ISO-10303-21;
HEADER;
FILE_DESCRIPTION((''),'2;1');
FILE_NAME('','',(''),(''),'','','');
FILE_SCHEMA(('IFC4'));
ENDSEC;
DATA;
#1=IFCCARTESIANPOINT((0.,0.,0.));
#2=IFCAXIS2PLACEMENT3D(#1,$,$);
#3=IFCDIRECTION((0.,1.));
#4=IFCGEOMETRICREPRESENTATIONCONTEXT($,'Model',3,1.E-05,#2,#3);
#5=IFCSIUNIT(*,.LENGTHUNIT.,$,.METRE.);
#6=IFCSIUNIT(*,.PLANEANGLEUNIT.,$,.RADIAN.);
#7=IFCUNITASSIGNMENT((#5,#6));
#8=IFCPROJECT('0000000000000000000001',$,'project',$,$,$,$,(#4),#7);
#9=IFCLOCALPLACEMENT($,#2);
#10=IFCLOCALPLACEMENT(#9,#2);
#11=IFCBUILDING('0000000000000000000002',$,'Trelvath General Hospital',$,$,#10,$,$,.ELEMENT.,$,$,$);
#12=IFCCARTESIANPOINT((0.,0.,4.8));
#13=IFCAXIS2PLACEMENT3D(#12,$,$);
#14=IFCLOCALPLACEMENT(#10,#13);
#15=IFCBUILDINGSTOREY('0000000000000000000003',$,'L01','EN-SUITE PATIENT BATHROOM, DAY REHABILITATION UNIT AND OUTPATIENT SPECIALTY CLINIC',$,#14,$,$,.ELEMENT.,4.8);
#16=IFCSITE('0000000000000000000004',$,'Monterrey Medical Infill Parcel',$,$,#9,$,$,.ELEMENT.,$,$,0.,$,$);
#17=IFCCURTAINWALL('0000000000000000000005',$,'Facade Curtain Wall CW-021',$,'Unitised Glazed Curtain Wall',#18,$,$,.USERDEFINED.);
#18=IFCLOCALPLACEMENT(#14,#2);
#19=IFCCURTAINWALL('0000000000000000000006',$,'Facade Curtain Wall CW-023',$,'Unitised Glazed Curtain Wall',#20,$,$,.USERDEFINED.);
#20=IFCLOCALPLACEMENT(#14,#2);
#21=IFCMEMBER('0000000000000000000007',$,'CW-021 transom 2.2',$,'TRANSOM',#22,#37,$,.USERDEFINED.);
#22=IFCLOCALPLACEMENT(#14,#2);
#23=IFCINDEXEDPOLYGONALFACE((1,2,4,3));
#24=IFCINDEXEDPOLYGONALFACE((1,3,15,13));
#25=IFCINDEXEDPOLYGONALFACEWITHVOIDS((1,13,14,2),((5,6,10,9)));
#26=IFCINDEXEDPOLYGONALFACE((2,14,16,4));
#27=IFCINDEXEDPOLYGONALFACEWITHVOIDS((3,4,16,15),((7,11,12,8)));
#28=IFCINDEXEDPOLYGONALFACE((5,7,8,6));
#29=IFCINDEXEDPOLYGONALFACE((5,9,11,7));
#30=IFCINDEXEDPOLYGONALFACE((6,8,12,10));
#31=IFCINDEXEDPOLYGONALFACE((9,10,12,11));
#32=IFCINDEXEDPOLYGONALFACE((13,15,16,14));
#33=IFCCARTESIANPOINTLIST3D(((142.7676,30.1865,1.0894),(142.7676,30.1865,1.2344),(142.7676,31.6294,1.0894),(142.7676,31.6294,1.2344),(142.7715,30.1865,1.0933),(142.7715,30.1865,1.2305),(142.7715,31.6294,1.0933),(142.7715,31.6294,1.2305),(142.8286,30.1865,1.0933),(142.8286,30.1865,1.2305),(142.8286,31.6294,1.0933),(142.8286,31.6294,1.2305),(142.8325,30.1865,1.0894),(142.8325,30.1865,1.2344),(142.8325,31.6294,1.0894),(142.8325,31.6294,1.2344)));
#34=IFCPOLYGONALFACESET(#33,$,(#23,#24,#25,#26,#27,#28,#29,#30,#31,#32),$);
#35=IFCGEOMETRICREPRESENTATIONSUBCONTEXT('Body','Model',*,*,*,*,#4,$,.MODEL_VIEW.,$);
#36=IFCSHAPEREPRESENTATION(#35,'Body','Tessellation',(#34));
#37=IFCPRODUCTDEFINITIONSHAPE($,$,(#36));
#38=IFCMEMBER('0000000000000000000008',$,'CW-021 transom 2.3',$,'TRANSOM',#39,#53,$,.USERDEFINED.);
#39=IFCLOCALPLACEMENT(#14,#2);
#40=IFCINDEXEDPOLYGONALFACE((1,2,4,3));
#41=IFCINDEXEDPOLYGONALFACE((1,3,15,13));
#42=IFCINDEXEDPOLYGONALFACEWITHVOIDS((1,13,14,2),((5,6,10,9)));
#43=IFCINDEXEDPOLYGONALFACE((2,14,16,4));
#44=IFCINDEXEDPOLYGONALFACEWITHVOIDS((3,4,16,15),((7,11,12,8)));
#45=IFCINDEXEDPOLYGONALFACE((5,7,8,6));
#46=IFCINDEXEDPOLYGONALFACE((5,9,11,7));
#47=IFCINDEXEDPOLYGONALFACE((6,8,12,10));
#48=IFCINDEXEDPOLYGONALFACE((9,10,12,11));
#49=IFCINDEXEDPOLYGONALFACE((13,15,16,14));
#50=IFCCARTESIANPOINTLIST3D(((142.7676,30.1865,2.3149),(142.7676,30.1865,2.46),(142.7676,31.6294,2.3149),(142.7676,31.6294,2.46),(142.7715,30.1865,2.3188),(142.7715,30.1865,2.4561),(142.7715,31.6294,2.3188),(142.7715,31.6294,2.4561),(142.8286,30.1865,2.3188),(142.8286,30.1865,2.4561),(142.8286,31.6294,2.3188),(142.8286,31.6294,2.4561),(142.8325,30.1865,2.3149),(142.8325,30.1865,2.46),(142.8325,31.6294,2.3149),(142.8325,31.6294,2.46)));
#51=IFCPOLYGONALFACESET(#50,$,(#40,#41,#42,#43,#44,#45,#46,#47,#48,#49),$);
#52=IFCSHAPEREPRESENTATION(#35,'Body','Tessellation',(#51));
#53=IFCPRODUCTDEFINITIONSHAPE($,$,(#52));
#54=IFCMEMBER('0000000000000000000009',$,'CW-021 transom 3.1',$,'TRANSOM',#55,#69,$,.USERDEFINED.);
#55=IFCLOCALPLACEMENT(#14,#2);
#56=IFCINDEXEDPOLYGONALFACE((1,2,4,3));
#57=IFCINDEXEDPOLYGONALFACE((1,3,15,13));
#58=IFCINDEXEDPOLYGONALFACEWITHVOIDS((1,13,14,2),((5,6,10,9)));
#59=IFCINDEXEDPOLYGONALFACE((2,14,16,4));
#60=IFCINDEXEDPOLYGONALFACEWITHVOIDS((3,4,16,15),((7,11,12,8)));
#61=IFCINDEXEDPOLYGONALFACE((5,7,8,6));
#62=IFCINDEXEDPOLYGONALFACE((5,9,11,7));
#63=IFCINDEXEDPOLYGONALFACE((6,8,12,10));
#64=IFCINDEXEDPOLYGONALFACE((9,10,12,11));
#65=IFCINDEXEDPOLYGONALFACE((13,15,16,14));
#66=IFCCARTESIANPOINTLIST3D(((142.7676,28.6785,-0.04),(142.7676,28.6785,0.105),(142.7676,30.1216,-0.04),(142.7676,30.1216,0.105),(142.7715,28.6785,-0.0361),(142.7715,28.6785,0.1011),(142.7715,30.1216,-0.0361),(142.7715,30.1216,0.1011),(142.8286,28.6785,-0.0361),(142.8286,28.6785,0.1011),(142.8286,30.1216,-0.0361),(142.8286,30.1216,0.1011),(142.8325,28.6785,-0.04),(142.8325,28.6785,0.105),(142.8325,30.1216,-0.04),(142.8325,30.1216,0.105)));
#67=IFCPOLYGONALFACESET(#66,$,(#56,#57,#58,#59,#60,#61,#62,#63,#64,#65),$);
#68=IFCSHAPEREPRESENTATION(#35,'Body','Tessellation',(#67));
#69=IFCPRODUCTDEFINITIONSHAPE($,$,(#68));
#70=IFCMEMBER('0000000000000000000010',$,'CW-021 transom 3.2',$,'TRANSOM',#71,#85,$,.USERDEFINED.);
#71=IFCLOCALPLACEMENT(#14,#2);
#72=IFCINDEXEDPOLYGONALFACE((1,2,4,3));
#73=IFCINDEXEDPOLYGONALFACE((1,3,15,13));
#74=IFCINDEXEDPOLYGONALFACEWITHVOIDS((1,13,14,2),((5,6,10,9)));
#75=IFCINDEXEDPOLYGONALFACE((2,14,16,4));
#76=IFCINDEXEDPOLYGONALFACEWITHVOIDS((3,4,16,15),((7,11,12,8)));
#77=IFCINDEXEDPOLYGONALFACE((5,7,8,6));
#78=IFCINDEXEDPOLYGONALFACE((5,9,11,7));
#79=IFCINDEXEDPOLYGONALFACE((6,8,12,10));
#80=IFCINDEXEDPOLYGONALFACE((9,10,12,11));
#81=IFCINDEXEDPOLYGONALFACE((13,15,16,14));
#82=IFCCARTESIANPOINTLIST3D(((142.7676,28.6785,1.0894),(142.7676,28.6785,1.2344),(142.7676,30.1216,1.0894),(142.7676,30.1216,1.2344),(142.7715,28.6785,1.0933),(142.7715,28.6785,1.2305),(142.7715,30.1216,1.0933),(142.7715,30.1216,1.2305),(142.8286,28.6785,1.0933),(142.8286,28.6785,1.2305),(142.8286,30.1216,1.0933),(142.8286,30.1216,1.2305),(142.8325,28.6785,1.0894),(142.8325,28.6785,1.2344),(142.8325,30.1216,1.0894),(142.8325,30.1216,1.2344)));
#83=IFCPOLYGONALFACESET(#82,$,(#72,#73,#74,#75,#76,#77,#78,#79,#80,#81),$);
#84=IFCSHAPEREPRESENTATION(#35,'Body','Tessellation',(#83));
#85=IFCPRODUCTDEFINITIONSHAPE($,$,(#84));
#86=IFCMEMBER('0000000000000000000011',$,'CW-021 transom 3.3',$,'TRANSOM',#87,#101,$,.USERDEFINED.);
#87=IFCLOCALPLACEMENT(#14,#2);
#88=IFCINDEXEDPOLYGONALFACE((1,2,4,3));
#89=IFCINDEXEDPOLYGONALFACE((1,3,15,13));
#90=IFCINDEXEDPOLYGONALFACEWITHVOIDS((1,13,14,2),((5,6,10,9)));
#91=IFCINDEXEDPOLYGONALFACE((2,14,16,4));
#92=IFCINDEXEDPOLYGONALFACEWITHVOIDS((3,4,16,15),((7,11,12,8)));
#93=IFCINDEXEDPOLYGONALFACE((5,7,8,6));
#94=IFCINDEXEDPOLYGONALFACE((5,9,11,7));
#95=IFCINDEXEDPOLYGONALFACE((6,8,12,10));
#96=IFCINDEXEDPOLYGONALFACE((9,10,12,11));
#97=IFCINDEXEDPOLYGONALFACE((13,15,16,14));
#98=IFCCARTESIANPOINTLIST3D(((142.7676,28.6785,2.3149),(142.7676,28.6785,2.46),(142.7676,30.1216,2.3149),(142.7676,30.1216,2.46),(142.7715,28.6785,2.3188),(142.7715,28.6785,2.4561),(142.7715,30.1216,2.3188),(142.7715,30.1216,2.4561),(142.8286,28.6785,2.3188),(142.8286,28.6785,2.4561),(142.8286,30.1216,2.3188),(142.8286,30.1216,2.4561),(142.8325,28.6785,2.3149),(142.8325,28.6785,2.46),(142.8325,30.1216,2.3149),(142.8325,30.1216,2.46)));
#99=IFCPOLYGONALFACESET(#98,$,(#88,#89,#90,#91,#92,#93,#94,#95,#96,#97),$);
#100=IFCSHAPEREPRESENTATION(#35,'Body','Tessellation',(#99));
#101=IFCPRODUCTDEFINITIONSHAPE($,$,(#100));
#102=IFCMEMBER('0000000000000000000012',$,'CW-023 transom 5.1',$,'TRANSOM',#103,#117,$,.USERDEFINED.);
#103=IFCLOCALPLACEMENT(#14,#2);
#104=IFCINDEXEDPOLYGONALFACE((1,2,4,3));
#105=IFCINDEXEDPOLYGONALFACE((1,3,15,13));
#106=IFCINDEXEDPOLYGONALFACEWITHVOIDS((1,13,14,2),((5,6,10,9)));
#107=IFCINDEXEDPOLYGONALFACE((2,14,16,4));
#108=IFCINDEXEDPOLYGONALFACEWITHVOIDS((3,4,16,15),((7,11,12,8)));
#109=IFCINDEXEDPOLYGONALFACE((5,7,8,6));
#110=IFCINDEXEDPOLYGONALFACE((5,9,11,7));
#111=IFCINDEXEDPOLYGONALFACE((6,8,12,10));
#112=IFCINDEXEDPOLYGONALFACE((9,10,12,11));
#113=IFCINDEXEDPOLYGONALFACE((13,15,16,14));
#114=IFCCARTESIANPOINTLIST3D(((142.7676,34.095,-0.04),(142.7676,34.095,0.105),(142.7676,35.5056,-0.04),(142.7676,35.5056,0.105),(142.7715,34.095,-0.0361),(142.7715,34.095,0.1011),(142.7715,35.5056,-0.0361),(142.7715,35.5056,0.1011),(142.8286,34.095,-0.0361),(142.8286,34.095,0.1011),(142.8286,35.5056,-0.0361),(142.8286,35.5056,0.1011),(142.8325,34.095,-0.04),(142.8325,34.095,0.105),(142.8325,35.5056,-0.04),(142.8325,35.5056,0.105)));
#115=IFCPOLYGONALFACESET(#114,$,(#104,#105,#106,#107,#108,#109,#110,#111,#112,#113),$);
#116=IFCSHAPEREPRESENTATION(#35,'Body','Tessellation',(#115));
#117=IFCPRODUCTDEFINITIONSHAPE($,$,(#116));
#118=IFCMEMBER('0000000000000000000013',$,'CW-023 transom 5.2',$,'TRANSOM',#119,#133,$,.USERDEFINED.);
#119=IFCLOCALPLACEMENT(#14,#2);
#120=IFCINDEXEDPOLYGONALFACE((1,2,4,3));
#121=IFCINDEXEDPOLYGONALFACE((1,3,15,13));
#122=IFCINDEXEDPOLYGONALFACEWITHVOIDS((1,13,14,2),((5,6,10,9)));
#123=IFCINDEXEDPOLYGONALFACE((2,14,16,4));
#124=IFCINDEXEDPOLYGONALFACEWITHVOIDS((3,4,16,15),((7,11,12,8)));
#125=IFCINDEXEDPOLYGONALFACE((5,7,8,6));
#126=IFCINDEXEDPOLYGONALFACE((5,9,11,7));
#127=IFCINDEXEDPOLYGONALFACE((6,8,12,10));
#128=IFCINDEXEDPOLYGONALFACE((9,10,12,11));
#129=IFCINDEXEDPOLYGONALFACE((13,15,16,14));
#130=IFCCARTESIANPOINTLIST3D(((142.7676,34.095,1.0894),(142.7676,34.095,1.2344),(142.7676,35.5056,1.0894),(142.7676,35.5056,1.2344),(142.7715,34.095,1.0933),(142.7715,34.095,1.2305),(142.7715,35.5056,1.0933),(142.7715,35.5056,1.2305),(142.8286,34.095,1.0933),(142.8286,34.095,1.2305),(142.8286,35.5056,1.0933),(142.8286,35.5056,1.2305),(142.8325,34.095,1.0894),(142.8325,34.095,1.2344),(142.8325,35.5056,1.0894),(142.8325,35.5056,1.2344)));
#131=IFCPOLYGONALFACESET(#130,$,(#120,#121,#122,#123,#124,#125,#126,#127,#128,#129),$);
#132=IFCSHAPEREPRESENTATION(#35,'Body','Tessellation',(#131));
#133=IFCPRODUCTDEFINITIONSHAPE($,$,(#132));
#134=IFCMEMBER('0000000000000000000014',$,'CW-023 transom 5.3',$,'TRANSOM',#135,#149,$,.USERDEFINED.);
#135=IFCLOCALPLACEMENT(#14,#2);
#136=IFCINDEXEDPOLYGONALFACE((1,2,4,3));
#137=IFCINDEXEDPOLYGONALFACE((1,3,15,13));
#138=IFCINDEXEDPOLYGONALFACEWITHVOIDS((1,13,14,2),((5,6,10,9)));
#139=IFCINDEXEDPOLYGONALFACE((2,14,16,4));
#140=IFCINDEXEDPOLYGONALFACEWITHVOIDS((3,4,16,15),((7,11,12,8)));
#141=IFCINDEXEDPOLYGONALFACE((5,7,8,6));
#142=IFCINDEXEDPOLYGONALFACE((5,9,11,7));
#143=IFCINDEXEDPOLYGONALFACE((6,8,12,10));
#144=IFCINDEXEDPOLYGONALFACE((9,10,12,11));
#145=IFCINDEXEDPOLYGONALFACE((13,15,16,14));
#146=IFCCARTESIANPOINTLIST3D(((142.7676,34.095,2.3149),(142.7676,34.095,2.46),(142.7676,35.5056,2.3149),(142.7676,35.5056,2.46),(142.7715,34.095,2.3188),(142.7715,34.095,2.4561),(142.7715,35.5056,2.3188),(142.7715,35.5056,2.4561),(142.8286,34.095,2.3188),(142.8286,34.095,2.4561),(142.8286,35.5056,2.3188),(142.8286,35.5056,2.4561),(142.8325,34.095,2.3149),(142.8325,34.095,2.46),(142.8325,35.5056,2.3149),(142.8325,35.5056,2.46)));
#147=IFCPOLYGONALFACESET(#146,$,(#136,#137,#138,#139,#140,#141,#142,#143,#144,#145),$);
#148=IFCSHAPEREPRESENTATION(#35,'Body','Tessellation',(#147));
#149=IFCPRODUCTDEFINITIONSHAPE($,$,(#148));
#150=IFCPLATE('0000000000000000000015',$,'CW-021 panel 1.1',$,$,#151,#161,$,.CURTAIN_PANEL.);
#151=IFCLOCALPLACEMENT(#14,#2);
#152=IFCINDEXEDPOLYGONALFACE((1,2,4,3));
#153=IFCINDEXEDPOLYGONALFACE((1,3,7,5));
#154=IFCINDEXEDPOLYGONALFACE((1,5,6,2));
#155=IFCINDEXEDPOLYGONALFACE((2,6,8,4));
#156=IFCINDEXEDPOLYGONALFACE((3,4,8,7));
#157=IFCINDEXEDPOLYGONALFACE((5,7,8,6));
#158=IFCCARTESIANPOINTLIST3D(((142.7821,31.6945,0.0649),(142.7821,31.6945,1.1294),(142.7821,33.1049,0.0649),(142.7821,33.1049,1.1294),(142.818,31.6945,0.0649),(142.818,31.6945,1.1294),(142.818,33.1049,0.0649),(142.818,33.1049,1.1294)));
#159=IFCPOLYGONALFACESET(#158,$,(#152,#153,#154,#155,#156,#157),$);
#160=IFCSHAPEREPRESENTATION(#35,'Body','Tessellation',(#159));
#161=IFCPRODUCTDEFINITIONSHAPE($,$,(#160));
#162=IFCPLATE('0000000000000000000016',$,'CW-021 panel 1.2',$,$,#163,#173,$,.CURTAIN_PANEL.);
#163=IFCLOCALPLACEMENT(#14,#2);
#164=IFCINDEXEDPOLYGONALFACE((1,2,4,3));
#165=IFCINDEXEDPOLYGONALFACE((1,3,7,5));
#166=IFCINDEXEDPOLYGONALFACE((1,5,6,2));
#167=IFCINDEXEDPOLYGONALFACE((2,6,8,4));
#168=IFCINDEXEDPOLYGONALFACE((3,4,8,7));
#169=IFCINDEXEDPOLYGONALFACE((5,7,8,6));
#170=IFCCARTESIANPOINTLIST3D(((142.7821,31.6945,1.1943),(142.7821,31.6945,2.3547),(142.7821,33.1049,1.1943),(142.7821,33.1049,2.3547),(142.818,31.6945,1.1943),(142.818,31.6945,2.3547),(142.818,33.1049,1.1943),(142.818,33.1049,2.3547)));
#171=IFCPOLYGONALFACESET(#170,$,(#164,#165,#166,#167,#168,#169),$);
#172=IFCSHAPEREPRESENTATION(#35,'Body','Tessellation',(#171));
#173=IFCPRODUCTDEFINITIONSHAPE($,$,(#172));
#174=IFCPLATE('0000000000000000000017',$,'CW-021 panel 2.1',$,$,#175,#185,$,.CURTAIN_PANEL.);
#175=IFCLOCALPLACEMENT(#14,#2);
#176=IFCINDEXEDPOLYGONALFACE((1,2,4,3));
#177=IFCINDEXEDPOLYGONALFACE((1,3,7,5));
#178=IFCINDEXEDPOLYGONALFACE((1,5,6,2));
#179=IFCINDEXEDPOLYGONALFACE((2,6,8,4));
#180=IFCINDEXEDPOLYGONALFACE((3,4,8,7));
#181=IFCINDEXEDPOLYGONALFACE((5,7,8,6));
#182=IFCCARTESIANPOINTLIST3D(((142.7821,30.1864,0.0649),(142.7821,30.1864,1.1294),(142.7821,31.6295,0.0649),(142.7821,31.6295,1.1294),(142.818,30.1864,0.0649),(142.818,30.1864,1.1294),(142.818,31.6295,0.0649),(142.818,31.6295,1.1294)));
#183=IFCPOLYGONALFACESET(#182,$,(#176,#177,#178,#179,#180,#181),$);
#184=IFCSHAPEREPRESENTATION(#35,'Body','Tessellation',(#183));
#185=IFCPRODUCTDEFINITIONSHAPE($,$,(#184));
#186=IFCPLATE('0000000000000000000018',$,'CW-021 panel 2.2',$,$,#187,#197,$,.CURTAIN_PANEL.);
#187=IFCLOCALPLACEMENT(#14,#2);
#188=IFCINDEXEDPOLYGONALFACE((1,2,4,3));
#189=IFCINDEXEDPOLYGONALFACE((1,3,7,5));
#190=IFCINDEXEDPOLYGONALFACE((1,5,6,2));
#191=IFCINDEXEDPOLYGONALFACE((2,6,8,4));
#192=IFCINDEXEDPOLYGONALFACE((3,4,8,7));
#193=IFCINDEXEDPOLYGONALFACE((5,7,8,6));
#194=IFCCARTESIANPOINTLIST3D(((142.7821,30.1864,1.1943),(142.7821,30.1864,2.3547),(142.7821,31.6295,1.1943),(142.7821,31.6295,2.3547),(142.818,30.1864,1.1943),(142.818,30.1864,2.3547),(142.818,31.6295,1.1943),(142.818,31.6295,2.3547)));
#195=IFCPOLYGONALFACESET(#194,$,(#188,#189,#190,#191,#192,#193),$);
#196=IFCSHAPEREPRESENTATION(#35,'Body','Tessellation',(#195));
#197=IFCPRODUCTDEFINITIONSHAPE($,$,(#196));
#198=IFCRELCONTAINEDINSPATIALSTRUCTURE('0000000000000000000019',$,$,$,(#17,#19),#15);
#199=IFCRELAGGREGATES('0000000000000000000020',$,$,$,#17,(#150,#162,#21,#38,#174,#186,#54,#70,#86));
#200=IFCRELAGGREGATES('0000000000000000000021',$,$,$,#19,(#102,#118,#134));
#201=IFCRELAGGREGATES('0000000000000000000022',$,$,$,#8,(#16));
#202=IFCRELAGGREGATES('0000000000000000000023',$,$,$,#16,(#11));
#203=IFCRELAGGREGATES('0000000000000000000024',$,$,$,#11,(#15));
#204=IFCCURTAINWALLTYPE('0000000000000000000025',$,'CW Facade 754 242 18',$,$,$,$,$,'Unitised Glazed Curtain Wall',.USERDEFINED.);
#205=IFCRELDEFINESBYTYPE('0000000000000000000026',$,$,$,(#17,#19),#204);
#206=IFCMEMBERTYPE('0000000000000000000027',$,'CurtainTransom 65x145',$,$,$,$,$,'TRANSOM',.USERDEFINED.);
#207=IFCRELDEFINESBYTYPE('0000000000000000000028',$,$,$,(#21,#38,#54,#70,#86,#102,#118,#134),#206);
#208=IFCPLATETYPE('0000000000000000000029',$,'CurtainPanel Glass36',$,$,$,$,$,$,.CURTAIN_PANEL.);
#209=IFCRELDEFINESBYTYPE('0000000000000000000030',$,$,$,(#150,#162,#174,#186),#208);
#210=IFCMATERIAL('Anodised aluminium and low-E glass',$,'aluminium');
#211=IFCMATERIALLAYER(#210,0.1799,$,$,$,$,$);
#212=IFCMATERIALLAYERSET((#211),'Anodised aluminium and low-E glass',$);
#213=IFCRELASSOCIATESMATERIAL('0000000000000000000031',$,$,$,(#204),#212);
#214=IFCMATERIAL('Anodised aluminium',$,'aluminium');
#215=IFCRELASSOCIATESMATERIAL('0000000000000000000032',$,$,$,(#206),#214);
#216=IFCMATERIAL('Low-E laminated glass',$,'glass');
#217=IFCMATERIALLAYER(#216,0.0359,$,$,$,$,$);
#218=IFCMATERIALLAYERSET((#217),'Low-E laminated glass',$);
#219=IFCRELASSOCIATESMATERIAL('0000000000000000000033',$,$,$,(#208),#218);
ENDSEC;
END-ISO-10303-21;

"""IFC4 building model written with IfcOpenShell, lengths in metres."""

from ifc_helpers import new_model, si_unit, direction, frame, origin, origin_2d, place, context, subcontext, project, spatial, rectangle, hollow_rectangle, extrude, material, layer, layer_set, material_profile, profile_set, type_object, element, aggregate, save


model = new_model("IFC4")

# Units and contexts
model_context = context("Model", 3, precision=1e-05, world=origin(), true_north=direction((0.0, 1.0)))
body_context = subcontext(model_context, "Body", "Model", "MODEL_VIEW")
ifc_project = project(units=[si_unit("LENGTHUNIT", "METRE"), si_unit("PLANEANGLEUNIT", "RADIAN")], contexts=[model_context])

# Site, building, storey
site_placement = place(None, origin())
site = spatial("IfcSite", under=ifc_project, at=site_placement, Name="Monterrey Medical Infill Parcel", CompositionType="ELEMENT", RefElevation=0.0)
building_placement = place(site_placement, origin())
building = spatial("IfcBuilding", under=site, at=building_placement, Name="Trelvath General Hospital", CompositionType="ELEMENT")
storey_placement = place(building_placement, frame((0.0, 0.0, 4.8)))
storey = spatial("IfcBuildingStorey", under=building, at=storey_placement, Name="L01", Description="EN-SUITE PATIENT BATHROOM, DAY REHABILITATION UNIT AND OUTPATIENT SPECIALTY CLINIC", CompositionType="ELEMENT", Elevation=4.8)

# Curtain walls
ifc_material_1 = material(Name="Anodised aluminium and low-E glass", Category="aluminium")
ifc_layer_1 = layer(ifc_material_1, 0.1799)
ifc_layer_set_1 = layer_set([ifc_layer_1], Name="Anodised aluminium and low-E glass")
curtain_wall_type = type_object("IfcCurtainWallType", Name="CW Facade 754 242 18", ElementType="Unitised Glazed Curtain Wall", PredefinedType="USERDEFINED", material=ifc_layer_set_1)
curtain_wall_1_placement = place(storey_placement, origin())
curtain_wall_1 = element("IfcCurtainWall", 1, at=curtain_wall_1_placement, inside=storey, type_object=curtain_wall_type, Name="Facade Curtain Wall CW-021", ObjectType="Unitised Glazed Curtain Wall", PredefinedType="USERDEFINED")
curtain_wall_2_placement = place(storey_placement, origin())
curtain_wall_2 = element("IfcCurtainWall", 2, at=curtain_wall_2_placement, inside=storey, type_object=curtain_wall_type, Name="Facade Curtain Wall CW-023", ObjectType="Unitised Glazed Curtain Wall", PredefinedType="USERDEFINED")

# Members
ifc_material_2 = material(Name="Anodised aluminium", Category="aluminium")
ifc_material_profile_1 = material_profile(ifc_material_2, hollow_rectangle(XDim=0.0649, YDim=0.145, WallThickness=0.0039, at=origin_2d()), Name="RHS65x145x4")
ifc_profile_set_1 = profile_set([ifc_material_profile_1], Name="Anodised aluminium")
member_type_1 = type_object("IfcMemberType", Name="CurtainTransom 65x145", ElementType="TRANSOM", PredefinedType="USERDEFINED", material=ifc_profile_set_1)
member_1_placement = place(storey_placement, frame((142.8, 31.6294, 1.1619), z_axis=(0.0, -1.0, 0.0), x_axis=(1.0, 0.0, 0.0)))
member_1 = element("IfcMember", 3, at=member_1_placement, type_object=member_type_1, Name="CW-021 transom 2.2", ObjectType="TRANSOM", PredefinedType="USERDEFINED", context=body_context, shape_type="SweptSolid", body=[
    extrude(hollow_rectangle(XDim=0.0649, YDim=0.145, WallThickness=0.0039, at=origin_2d()), origin(), (0.0, 0.0, 1.0), 1.4429),
])
member_2_placement = place(storey_placement, frame((142.8, 31.6294, 2.3875), z_axis=(0.0, -1.0, 0.0), x_axis=(1.0, 0.0, 0.0)))
member_2 = element("IfcMember", 4, at=member_2_placement, type_object=member_type_1, Name="CW-021 transom 2.3", ObjectType="TRANSOM", PredefinedType="USERDEFINED", context=body_context, shape_type="SweptSolid", body=[
    extrude(hollow_rectangle(XDim=0.0649, YDim=0.145, WallThickness=0.0039, at=origin_2d()), origin(), (0.0, 0.0, 1.0), 1.4429),
])
member_3_placement = place(storey_placement, frame((142.8, 30.1216, 0.0325), z_axis=(0.0, -1.0, 0.0), x_axis=(1.0, 0.0, 0.0)))
member_3 = element("IfcMember", 5, at=member_3_placement, type_object=member_type_1, Name="CW-021 transom 3.1", ObjectType="TRANSOM", PredefinedType="USERDEFINED", context=body_context, shape_type="SweptSolid", body=[
    extrude(hollow_rectangle(XDim=0.0649, YDim=0.145, WallThickness=0.0039, at=origin_2d()), origin(), (0.0, 0.0, 1.0), 1.4431),
])
member_4_placement = place(storey_placement, frame((142.8, 30.1216, 1.1619), z_axis=(0.0, -1.0, 0.0), x_axis=(1.0, 0.0, 0.0)))
member_4 = element("IfcMember", 6, at=member_4_placement, type_object=member_type_1, Name="CW-021 transom 3.2", ObjectType="TRANSOM", PredefinedType="USERDEFINED", context=body_context, shape_type="SweptSolid", body=[
    extrude(hollow_rectangle(XDim=0.0649, YDim=0.145, WallThickness=0.0039, at=origin_2d()), origin(), (0.0, 0.0, 1.0), 1.4431),
])
member_5_placement = place(storey_placement, frame((142.8, 30.1216, 2.3875), z_axis=(0.0, -1.0, 0.0), x_axis=(1.0, 0.0, 0.0)))
member_5 = element("IfcMember", 7, at=member_5_placement, type_object=member_type_1, Name="CW-021 transom 3.3", ObjectType="TRANSOM", PredefinedType="USERDEFINED", context=body_context, shape_type="SweptSolid", body=[
    extrude(hollow_rectangle(XDim=0.0649, YDim=0.145, WallThickness=0.0039, at=origin_2d()), origin(), (0.0, 0.0, 1.0), 1.4431),
])
member_6_placement = place(storey_placement, frame((142.8, 35.5056, 0.0325), z_axis=(0.0, -1.0, 0.0), x_axis=(1.0, 0.0, 0.0)))
member_6 = element("IfcMember", 8, at=member_6_placement, type_object=member_type_1, Name="CW-023 transom 5.1", ObjectType="TRANSOM", PredefinedType="USERDEFINED", context=body_context, shape_type="SweptSolid", body=[
    extrude(hollow_rectangle(XDim=0.0649, YDim=0.145, WallThickness=0.0039, at=origin_2d()), origin(), (0.0, 0.0, 1.0), 1.4106),
])
member_7_placement = place(storey_placement, frame((142.8, 35.5056, 1.1619), z_axis=(0.0, -1.0, 0.0), x_axis=(1.0, 0.0, 0.0)))
member_7 = element("IfcMember", 9, at=member_7_placement, type_object=member_type_1, Name="CW-023 transom 5.2", ObjectType="TRANSOM", PredefinedType="USERDEFINED", context=body_context, shape_type="SweptSolid", body=[
    extrude(hollow_rectangle(XDim=0.0649, YDim=0.145, WallThickness=0.0039, at=origin_2d()), origin(), (0.0, 0.0, 1.0), 1.4106),
])
member_8_placement = place(storey_placement, frame((142.8, 35.5056, 2.3875), z_axis=(0.0, -1.0, 0.0), x_axis=(1.0, 0.0, 0.0)))
member_8 = element("IfcMember", 10, at=member_8_placement, type_object=member_type_1, Name="CW-023 transom 5.3", ObjectType="TRANSOM", PredefinedType="USERDEFINED", context=body_context, shape_type="SweptSolid", body=[
    extrude(hollow_rectangle(XDim=0.0649, YDim=0.145, WallThickness=0.0039, at=origin_2d()), origin(), (0.0, 0.0, 1.0), 1.4106),
])

# Plates
ifc_material_3 = material(Name="Low-E laminated glass", Category="glass")
ifc_layer_2 = layer(ifc_material_3, 0.0359)
ifc_layer_set_2 = layer_set([ifc_layer_2], Name="Low-E laminated glass")
plate_type = type_object("IfcPlateType", Name="CurtainPanel Glass36", PredefinedType="CURTAIN_PANEL", material=ifc_layer_set_2)
plate_1_placement = place(storey_placement, frame((142.8, 32.3997, 0.0649), z_axis=(0.0, 0.0, 1.0), x_axis=(0.0, -1.0, 0.0)))
plate_1 = element("IfcPlate", 11, at=plate_1_placement, type_object=plate_type, Name="CW-021 panel 1.1", PredefinedType="CURTAIN_PANEL", context=body_context, shape_type="SweptSolid", body=[
    extrude(rectangle(XDim=1.4104, YDim=0.0359, at=origin_2d()), origin(), (0.0, 0.0, 1.0), 1.0645),
])
plate_2_placement = place(storey_placement, frame((142.8, 32.3997, 1.1943), z_axis=(0.0, 0.0, 1.0), x_axis=(0.0, -1.0, 0.0)))
plate_2 = element("IfcPlate", 12, at=plate_2_placement, type_object=plate_type, Name="CW-021 panel 1.2", PredefinedType="CURTAIN_PANEL", context=body_context, shape_type="SweptSolid", body=[
    extrude(rectangle(XDim=1.4104, YDim=0.0359, at=origin_2d()), origin(), (0.0, 0.0, 1.0), 1.1604),
])
plate_3_placement = place(storey_placement, frame((142.8, 30.908, 0.0649), z_axis=(0.0, 0.0, 1.0), x_axis=(0.0, -1.0, 0.0)))
plate_3 = element("IfcPlate", 13, at=plate_3_placement, type_object=plate_type, Name="CW-021 panel 2.1", PredefinedType="CURTAIN_PANEL", context=body_context, shape_type="SweptSolid", body=[
    extrude(rectangle(XDim=1.4431, YDim=0.0359, at=origin_2d()), origin(), (0.0, 0.0, 1.0), 1.0645),
])
plate_4_placement = place(storey_placement, frame((142.8, 30.908, 1.1943), z_axis=(0.0, 0.0, 1.0), x_axis=(0.0, -1.0, 0.0)))
plate_4 = element("IfcPlate", 14, at=plate_4_placement, type_object=plate_type, Name="CW-021 panel 2.2", PredefinedType="CURTAIN_PANEL", context=body_context, shape_type="SweptSolid", body=[
    extrude(rectangle(XDim=1.4431, YDim=0.0359, at=origin_2d()), origin(), (0.0, 0.0, 1.0), 1.1604),
])
aggregate(curtain_wall_1, [plate_1, plate_2, member_1, member_2, plate_3, plate_4, member_3, member_4, member_5])
aggregate(curtain_wall_2, [member_6, member_7, member_8])

save(model, "model.ifc")
